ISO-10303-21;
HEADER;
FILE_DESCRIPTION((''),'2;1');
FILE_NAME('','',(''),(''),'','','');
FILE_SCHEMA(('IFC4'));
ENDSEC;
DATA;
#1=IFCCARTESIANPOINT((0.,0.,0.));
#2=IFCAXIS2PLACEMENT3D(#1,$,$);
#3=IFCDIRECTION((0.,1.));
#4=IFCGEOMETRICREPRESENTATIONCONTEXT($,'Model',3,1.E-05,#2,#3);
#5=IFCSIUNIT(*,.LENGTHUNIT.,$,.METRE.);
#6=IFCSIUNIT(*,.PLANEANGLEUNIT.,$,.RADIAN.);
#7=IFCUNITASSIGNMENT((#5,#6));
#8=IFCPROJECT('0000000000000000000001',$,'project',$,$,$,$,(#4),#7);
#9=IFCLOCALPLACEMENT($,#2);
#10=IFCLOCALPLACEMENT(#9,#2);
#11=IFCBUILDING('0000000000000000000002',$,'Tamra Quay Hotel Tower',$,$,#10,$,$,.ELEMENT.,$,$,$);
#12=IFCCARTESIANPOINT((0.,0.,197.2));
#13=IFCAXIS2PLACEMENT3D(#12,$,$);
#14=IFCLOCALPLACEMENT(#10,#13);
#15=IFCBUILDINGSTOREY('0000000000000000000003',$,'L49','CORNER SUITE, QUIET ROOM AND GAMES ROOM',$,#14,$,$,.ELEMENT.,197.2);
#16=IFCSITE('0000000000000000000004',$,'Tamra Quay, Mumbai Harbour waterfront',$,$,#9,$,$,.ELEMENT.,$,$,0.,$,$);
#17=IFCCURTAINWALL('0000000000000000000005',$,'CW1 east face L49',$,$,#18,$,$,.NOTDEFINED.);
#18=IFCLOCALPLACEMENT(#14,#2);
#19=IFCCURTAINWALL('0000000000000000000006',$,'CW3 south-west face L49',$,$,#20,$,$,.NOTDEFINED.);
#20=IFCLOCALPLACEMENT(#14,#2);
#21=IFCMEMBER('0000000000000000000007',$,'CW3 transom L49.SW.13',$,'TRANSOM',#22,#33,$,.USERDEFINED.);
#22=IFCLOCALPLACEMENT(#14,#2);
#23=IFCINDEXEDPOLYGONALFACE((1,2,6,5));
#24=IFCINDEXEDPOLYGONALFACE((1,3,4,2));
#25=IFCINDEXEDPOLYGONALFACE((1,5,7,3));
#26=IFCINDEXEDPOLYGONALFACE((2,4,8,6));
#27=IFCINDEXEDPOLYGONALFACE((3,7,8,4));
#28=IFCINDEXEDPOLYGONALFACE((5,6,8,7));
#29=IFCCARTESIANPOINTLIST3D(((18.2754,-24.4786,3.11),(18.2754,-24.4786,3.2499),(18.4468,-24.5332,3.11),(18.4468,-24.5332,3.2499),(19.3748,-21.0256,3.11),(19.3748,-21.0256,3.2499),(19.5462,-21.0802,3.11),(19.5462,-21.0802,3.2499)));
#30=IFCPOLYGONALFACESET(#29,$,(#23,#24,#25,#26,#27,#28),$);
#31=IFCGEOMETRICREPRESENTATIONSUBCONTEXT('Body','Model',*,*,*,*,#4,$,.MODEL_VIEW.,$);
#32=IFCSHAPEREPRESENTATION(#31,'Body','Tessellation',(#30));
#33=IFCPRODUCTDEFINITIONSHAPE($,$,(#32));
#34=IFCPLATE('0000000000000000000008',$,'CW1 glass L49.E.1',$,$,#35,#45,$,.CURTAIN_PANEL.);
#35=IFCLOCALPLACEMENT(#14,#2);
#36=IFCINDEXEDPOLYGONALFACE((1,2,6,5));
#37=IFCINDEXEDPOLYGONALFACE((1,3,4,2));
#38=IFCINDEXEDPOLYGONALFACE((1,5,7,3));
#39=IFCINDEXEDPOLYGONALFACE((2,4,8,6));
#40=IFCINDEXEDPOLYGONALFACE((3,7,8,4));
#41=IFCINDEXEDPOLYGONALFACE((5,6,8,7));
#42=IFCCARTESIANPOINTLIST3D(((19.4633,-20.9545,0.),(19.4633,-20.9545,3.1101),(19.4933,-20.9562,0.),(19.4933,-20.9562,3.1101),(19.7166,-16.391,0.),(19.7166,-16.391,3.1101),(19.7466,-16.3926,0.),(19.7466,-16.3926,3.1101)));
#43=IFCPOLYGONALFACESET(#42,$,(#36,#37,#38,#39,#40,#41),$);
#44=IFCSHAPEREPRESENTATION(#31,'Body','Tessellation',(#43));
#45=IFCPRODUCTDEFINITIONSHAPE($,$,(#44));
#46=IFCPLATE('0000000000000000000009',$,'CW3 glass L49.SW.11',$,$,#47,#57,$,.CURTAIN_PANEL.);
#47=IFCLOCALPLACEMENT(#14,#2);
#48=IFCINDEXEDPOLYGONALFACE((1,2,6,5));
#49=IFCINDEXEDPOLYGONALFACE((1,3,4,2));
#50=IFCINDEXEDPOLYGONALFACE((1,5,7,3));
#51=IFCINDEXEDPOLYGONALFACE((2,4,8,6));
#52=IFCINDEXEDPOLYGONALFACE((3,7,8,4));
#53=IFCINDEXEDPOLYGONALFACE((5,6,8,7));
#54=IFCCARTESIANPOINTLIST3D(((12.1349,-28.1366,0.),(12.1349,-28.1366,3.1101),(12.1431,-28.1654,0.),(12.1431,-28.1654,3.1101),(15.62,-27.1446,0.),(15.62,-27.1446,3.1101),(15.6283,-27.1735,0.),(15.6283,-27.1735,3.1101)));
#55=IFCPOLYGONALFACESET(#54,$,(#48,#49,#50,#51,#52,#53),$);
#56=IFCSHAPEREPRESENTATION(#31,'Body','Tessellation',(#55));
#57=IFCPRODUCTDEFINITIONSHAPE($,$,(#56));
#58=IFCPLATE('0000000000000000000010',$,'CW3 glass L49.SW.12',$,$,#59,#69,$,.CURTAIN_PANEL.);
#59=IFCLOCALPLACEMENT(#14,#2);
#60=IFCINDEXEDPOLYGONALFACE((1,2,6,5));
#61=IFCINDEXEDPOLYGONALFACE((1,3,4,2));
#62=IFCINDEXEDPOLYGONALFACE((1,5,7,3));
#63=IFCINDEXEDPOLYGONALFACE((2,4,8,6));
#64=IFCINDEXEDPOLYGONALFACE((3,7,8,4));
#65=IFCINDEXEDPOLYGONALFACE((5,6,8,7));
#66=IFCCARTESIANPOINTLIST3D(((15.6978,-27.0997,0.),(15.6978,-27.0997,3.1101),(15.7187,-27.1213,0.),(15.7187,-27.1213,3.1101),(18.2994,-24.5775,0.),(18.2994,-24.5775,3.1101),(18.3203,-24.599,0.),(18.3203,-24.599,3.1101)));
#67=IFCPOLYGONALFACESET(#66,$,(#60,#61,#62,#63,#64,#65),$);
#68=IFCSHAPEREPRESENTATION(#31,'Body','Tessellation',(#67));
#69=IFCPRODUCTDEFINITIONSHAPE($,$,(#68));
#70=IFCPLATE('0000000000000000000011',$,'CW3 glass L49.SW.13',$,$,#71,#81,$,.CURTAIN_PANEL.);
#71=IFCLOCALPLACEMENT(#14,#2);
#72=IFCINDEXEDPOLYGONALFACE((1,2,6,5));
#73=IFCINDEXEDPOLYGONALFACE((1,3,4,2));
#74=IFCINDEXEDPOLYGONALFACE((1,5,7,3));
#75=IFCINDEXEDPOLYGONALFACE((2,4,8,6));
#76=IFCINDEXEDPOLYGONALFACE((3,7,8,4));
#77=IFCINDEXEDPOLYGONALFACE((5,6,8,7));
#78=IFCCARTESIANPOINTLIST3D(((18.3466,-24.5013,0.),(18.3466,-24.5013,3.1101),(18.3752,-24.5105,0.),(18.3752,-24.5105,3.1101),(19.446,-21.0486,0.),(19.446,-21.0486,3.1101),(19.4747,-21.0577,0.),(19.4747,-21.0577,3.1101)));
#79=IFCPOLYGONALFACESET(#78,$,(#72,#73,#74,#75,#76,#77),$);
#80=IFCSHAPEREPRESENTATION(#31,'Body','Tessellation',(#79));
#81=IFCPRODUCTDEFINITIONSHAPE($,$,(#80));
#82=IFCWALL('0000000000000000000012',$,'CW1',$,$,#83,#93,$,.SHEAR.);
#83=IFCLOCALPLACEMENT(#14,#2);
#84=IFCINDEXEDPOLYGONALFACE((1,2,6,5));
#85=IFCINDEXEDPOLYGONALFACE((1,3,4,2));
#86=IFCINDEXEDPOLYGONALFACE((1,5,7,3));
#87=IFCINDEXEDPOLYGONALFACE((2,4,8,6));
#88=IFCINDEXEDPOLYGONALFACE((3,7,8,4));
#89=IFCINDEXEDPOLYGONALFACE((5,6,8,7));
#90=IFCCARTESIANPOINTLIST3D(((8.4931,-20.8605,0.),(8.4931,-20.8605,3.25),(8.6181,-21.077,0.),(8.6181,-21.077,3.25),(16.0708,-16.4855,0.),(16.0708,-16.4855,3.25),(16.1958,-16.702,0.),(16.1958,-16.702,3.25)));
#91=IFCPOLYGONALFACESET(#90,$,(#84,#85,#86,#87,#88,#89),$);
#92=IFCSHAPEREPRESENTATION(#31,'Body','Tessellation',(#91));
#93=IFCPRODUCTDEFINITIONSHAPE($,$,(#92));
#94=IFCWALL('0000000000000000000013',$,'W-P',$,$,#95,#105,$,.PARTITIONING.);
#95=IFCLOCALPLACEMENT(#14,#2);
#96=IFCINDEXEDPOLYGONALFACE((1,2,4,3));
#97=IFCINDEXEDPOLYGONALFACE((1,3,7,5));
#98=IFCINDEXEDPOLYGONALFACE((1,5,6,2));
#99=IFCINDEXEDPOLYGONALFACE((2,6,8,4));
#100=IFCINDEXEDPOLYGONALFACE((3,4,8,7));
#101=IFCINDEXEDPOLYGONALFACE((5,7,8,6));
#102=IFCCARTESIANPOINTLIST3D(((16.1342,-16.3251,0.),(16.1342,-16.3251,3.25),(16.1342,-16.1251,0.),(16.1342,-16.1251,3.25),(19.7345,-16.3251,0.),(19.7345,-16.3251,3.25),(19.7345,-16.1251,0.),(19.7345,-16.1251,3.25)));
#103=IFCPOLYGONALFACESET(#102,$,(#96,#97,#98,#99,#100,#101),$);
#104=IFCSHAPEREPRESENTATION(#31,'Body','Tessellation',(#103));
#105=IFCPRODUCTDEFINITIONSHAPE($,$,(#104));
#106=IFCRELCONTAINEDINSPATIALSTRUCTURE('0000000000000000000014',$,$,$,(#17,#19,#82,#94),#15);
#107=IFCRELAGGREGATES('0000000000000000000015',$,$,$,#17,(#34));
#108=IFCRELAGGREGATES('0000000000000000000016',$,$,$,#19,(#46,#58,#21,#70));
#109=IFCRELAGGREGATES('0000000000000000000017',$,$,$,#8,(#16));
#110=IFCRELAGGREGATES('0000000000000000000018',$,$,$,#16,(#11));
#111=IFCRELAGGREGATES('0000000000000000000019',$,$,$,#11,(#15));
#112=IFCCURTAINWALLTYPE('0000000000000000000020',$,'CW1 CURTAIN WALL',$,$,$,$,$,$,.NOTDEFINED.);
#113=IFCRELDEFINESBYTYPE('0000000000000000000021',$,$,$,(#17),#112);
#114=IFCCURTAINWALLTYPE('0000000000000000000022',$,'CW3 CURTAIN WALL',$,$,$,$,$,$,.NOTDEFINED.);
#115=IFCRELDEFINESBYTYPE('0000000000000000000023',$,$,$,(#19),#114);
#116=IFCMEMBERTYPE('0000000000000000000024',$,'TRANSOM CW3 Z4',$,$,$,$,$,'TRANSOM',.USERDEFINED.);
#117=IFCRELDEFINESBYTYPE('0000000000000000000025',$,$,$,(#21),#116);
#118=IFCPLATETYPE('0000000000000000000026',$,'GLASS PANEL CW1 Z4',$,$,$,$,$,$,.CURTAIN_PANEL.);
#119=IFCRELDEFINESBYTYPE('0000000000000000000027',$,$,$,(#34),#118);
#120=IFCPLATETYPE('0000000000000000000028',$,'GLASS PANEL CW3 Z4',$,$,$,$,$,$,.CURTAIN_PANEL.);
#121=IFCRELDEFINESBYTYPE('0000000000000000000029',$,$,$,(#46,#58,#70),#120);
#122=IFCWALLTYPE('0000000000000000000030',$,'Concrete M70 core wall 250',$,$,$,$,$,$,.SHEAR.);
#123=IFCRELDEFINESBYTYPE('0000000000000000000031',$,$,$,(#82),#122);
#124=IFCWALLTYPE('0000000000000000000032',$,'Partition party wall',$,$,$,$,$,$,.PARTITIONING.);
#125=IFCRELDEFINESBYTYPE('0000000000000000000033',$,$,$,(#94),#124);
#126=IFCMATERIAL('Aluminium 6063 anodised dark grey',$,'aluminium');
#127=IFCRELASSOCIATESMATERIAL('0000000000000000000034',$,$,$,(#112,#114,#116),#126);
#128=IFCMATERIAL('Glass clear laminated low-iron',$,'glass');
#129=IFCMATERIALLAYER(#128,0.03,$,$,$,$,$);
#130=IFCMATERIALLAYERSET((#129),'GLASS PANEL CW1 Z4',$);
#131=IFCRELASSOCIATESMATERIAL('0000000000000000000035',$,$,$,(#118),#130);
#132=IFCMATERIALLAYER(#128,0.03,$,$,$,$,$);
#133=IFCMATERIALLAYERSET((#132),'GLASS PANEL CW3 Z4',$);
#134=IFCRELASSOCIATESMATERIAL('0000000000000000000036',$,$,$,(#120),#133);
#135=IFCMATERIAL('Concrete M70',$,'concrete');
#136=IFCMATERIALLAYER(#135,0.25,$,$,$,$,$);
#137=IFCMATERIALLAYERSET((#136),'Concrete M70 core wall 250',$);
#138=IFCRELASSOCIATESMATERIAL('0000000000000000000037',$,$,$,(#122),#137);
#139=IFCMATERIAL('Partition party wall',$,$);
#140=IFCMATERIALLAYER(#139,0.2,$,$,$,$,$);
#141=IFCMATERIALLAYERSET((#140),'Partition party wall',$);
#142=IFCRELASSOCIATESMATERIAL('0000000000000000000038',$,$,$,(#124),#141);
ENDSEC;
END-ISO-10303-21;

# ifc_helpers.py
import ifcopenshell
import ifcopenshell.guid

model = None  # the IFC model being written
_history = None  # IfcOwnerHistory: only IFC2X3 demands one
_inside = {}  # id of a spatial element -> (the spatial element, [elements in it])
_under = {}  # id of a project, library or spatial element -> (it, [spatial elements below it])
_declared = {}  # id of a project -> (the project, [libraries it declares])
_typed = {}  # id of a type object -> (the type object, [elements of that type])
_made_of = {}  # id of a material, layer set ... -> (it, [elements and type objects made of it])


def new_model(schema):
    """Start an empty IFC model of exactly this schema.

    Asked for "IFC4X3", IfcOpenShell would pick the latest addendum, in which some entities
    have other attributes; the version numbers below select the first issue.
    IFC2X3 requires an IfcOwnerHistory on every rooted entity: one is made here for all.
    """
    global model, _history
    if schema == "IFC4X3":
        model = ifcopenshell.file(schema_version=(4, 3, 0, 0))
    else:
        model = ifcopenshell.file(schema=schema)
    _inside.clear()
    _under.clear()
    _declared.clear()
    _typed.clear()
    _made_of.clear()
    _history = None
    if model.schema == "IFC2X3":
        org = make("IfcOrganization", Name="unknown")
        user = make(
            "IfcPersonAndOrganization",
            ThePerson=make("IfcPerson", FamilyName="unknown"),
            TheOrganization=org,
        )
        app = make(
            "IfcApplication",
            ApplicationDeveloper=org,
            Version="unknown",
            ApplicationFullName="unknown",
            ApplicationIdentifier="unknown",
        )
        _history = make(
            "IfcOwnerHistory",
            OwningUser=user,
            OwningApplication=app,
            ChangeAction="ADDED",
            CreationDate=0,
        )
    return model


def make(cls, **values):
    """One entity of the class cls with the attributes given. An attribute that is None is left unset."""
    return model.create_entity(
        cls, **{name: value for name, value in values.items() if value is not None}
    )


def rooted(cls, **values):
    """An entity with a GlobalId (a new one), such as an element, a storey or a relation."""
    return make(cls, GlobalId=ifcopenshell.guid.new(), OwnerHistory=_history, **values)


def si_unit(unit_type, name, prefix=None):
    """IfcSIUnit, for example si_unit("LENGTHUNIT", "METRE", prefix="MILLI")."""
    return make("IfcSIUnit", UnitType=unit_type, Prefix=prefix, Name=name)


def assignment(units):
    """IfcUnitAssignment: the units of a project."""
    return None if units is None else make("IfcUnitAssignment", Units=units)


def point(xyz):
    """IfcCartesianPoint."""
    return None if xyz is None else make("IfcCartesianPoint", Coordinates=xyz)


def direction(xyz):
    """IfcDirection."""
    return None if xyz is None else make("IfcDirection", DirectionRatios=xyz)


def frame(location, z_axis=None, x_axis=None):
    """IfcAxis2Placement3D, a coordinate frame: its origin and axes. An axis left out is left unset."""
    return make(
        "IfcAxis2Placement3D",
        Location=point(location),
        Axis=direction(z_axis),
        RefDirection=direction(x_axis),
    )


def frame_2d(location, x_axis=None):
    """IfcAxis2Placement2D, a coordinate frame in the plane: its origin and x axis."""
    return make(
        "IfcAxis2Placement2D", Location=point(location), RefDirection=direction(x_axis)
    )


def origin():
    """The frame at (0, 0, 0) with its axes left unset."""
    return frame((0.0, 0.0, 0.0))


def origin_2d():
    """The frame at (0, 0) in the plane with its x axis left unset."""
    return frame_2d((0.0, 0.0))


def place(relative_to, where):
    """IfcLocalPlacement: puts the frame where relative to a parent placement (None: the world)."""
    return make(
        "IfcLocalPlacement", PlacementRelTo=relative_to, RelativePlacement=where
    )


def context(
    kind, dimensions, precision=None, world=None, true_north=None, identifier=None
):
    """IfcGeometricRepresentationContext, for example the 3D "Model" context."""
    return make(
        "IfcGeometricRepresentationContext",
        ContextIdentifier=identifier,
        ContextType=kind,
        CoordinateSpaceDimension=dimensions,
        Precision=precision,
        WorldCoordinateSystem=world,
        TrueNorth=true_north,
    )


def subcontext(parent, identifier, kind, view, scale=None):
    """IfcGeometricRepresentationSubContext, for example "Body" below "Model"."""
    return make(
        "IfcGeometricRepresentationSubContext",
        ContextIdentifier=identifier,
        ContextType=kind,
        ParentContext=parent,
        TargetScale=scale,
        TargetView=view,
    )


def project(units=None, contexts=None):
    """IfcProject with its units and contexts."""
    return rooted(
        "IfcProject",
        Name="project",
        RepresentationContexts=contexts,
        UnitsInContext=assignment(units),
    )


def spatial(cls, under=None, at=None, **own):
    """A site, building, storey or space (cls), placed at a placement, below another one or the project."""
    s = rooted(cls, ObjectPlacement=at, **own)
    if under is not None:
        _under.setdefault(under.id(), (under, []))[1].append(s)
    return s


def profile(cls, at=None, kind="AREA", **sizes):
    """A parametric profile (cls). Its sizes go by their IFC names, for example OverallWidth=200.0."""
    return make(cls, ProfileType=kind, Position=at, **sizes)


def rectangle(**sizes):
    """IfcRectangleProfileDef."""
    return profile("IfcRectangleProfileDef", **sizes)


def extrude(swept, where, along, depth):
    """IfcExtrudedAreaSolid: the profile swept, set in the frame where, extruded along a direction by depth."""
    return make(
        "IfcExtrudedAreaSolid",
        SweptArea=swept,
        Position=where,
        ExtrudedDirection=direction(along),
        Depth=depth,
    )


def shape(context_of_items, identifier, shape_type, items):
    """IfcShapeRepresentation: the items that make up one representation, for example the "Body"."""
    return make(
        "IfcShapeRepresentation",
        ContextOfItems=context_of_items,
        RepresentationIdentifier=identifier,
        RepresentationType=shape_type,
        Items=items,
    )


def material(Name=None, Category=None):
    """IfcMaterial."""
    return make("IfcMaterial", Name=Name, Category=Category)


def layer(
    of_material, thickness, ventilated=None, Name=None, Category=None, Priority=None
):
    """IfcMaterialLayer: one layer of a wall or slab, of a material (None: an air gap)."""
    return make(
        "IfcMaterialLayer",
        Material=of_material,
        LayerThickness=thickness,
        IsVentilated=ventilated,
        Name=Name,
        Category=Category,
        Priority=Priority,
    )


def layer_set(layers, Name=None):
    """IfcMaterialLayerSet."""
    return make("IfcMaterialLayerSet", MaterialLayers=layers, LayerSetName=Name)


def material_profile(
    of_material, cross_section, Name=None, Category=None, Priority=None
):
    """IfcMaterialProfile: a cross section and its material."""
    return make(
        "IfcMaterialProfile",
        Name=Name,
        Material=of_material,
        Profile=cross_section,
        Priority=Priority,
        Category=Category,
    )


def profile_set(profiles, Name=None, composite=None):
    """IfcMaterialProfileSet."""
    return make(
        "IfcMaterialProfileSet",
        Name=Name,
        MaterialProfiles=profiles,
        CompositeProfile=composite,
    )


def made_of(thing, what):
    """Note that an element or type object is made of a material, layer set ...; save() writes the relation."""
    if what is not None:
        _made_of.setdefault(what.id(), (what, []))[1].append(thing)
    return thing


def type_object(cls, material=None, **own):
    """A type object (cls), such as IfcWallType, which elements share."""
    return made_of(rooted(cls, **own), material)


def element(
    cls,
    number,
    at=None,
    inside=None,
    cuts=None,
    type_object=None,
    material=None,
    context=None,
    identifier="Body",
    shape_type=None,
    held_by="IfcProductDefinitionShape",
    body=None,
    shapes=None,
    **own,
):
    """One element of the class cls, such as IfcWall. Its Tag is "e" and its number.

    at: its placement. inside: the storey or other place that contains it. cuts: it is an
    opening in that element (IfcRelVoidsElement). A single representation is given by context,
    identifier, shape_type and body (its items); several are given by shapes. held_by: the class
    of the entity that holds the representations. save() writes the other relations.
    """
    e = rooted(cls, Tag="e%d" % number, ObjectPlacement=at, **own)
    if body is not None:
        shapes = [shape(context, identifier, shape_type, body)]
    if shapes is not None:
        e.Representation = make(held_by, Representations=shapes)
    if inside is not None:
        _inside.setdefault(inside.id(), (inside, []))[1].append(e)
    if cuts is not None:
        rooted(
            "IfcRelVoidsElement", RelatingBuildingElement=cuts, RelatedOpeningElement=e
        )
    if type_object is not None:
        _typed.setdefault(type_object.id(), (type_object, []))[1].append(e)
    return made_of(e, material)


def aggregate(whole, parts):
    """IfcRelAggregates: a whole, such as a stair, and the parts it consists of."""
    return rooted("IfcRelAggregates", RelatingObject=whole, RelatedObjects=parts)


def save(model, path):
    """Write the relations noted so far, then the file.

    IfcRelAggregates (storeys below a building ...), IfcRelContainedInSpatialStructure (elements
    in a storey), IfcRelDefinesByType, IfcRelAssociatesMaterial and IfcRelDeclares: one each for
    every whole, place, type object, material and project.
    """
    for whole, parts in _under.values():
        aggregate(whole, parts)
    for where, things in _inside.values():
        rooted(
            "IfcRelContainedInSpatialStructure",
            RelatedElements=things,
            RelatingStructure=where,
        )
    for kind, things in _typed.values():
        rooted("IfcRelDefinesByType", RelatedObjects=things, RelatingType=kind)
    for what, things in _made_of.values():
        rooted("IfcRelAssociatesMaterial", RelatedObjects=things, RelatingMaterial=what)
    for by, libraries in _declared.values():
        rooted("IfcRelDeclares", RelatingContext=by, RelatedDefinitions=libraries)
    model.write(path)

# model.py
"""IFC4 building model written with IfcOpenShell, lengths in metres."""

from ifc_helpers import new_model, si_unit, direction, frame, frame_2d, origin, origin_2d, place, context, subcontext, project, spatial, rectangle, extrude, material, layer, layer_set, material_profile, profile_set, type_object, element, aggregate, save


model = new_model("IFC4")

# Units and contexts
model_context = context("Model", 3, precision=1e-05, world=origin(), true_north=direction((0.0, 1.0)))
body_context = subcontext(model_context, "Body", "Model", "MODEL_VIEW")
ifc_project = project(units=[si_unit("LENGTHUNIT", "METRE"), si_unit("PLANEANGLEUNIT", "RADIAN")], contexts=[model_context])

# Site, building, storey
site_placement = place(None, origin())
site = spatial("IfcSite", under=ifc_project, at=site_placement, Name="Tamra Quay, Mumbai Harbour waterfront", CompositionType="ELEMENT", RefElevation=0.0)
building_placement = place(site_placement, origin())
building = spatial("IfcBuilding", under=site, at=building_placement, Name="Tamra Quay Hotel Tower", CompositionType="ELEMENT")
storey_placement = place(building_placement, frame((0.0, 0.0, 197.2)))
storey = spatial("IfcBuildingStorey", under=building, at=storey_placement, Name="L49", Description="CORNER SUITE, QUIET ROOM AND GAMES ROOM", CompositionType="ELEMENT", Elevation=197.2)

# Shared definitions
ifc_material_1 = material(Name="Concrete M70", Category="concrete")

# Curtain walls
ifc_material_2 = material(Name="Aluminium 6063 anodised dark grey", Category="aluminium")
curtain_wall_type_1 = type_object("IfcCurtainWallType", Name="CW1 CURTAIN WALL", PredefinedType="NOTDEFINED", material=ifc_material_2)
curtain_wall_1_placement = place(storey_placement, origin())
curtain_wall_1 = element("IfcCurtainWall", 1, at=curtain_wall_1_placement, inside=storey, type_object=curtain_wall_type_1, Name="CW1 east face L49", PredefinedType="NOTDEFINED")
curtain_wall_type_2 = type_object("IfcCurtainWallType", Name="CW3 CURTAIN WALL", PredefinedType="NOTDEFINED", material=ifc_material_2)
curtain_wall_2_placement = place(storey_placement, origin())
curtain_wall_2 = element("IfcCurtainWall", 2, at=curtain_wall_2_placement, inside=storey, type_object=curtain_wall_type_2, Name="CW3 south-west face L49", PredefinedType="NOTDEFINED")

# Member
ifc_material_profile_1 = material_profile(ifc_material_2, rectangle(XDim=0.1799, YDim=0.1399, at=origin_2d()), Name="TRANSOM 180X140")
ifc_profile_set_1 = profile_set([ifc_material_profile_1], Name="Aluminium 6063 anodised dark grey")
member_type_1 = type_object("IfcMemberType", Name="TRANSOM CW3 Z4", ElementType="TRANSOM", PredefinedType="USERDEFINED", material=ifc_profile_set_1)
member_1_placement = place(storey_placement, frame((18.3611, -24.5059, 3.1799), z_axis=(0.303384, 0.952868, 0.0), x_axis=(-0.952868, 0.303384, 0.0)))
member_1 = element("IfcMember", 3, at=member_1_placement, type_object=member_type_1, Name="CW3 transom L49.SW.13", ObjectType="TRANSOM", PredefinedType="USERDEFINED", context=body_context, shape_type="SweptSolid", body=[
    extrude(rectangle(XDim=0.1799, YDim=0.1399, at=origin_2d()), origin(), (0.0, 0.0, 1.0), 3.6238),
])

# Plates
ifc_material_3 = material(Name="Glass clear laminated low-iron", Category="glass")
ifc_layer_1 = layer(ifc_material_3, 0.03)
ifc_layer_set_1 = layer_set([ifc_layer_1], Name="GLASS PANEL CW1 Z4")
plate_type_1 = type_object("IfcPlateType", Name="GLASS PANEL CW1 Z4", PredefinedType="CURTAIN_PANEL", material=ifc_layer_set_1)
plate_1_placement = place(storey_placement, frame((19.605, -18.6736, 0.0), z_axis=(0.0, 0.0, 1.0), x_axis=(0.055416, 0.998463, 0.0)))
plate_1 = element("IfcPlate", 4, at=plate_1_placement, type_object=plate_type_1, Name="CW1 glass L49.E.1", PredefinedType="CURTAIN_PANEL", context=body_context, shape_type="SweptSolid", body=[
    extrude(rectangle(XDim=4.5706, YDim=0.03, at=origin_2d()), origin(), (0.0, 0.0, 1.0), 3.1101),
])
aggregate(curtain_wall_1, [plate_1])
ifc_layer_2 = layer(ifc_material_3, 0.03)
ifc_layer_set_2 = layer_set([ifc_layer_2], Name="GLASS PANEL CW3 Z4")
plate_type_2 = type_object("IfcPlateType", Name="GLASS PANEL CW3 Z4", PredefinedType="CURTAIN_PANEL", material=ifc_layer_set_2)
plate_2_placement = place(storey_placement, frame((13.8816, -27.655, 0.0), z_axis=(0.0, 0.0, 1.0), x_axis=(0.961801, 0.27375, 0.0)))
plate_2 = element("IfcPlate", 5, at=plate_2_placement, type_object=plate_type_2, Name="CW3 glass L49.SW.11", PredefinedType="CURTAIN_PANEL", context=body_context, shape_type="SweptSolid", body=[
    extrude(rectangle(XDim=3.6235, YDim=0.03, at=origin_2d()), origin(), (0.0, 0.0, 1.0), 3.1101),
])
plate_3_placement = place(storey_placement, frame((17.009, -25.8494, 0.0), z_axis=(0.0, 0.0, 1.0), x_axis=(0.717975, 0.696069, 0.0)))
plate_3 = element("IfcPlate", 6, at=plate_3_placement, type_object=plate_type_2, Name="CW3 glass L49.SW.12", PredefinedType="CURTAIN_PANEL", context=body_context, shape_type="SweptSolid", body=[
    extrude(rectangle(XDim=3.6235, YDim=0.03, at=origin_2d()), origin(), (0.0, 0.0, 1.0), 3.1101),
])
plate_4_placement = place(storey_placement, frame((18.9106, -22.7795, 0.0), z_axis=(0.0, 0.0, 1.0), x_axis=(0.30341, 0.95286, 0.0)))
plate_4 = element("IfcPlate", 7, at=plate_4_placement, type_object=plate_type_2, Name="CW3 glass L49.SW.13", PredefinedType="CURTAIN_PANEL", context=body_context, shape_type="SweptSolid", body=[
    extrude(rectangle(XDim=3.6235, YDim=0.03, at=origin_2d()), origin(), (0.0, 0.0, 1.0), 3.1101),
])
aggregate(curtain_wall_2, [plate_2, plate_3, member_1, plate_4])

# Walls
ifc_layer_3 = layer(ifc_material_1, 0.25)
ifc_layer_set_3 = layer_set([ifc_layer_3], Name="Concrete M70 core wall 250")
wall_type_1 = type_object("IfcWallType", Name="Concrete M70 core wall 250", PredefinedType="SHEAR", material=ifc_layer_set_3)
wall_1_placement = place(storey_placement, frame((16.1333, -16.5938, 0.0), z_axis=(0.0, 0.0, 1.0), x_axis=(-0.866023, -0.500004, 0.0)))
element("IfcWall", 8, at=wall_1_placement, inside=storey, type_object=wall_type_1, Name="CW1", PredefinedType="SHEAR", context=body_context, shape_type="SweptSolid", body=[
    extrude(rectangle(XDim=8.75, YDim=0.25, at=frame_2d((4.375, 0.0))), origin(), (0.0, 0.0, 1.0), 3.25),
])
ifc_material_4 = material(Name="Partition party wall")
ifc_layer_4 = layer(ifc_material_4, 0.2)
ifc_layer_set_4 = layer_set([ifc_layer_4], Name="Partition party wall")
wall_type_2 = type_object("IfcWallType", Name="Partition party wall", PredefinedType="PARTITIONING", material=ifc_layer_set_4)
wall_2_placement = place(storey_placement, frame((16.134, -16.2251, 0.0), z_axis=(0.0, 0.0, 1.0), x_axis=(1.0, 0.0, 0.0)))
element("IfcWall", 9, at=wall_2_placement, inside=storey, type_object=wall_type_2, Name="W-P", PredefinedType="PARTITIONING", context=body_context, shape_type="SweptSolid", body=[
    extrude(rectangle(XDim=3.6003, YDim=0.2, at=frame_2d((1.8003, 0.0))), origin(), (0.0, 0.0, 1.0), 3.25),
])

save(model, "model.ifc")
